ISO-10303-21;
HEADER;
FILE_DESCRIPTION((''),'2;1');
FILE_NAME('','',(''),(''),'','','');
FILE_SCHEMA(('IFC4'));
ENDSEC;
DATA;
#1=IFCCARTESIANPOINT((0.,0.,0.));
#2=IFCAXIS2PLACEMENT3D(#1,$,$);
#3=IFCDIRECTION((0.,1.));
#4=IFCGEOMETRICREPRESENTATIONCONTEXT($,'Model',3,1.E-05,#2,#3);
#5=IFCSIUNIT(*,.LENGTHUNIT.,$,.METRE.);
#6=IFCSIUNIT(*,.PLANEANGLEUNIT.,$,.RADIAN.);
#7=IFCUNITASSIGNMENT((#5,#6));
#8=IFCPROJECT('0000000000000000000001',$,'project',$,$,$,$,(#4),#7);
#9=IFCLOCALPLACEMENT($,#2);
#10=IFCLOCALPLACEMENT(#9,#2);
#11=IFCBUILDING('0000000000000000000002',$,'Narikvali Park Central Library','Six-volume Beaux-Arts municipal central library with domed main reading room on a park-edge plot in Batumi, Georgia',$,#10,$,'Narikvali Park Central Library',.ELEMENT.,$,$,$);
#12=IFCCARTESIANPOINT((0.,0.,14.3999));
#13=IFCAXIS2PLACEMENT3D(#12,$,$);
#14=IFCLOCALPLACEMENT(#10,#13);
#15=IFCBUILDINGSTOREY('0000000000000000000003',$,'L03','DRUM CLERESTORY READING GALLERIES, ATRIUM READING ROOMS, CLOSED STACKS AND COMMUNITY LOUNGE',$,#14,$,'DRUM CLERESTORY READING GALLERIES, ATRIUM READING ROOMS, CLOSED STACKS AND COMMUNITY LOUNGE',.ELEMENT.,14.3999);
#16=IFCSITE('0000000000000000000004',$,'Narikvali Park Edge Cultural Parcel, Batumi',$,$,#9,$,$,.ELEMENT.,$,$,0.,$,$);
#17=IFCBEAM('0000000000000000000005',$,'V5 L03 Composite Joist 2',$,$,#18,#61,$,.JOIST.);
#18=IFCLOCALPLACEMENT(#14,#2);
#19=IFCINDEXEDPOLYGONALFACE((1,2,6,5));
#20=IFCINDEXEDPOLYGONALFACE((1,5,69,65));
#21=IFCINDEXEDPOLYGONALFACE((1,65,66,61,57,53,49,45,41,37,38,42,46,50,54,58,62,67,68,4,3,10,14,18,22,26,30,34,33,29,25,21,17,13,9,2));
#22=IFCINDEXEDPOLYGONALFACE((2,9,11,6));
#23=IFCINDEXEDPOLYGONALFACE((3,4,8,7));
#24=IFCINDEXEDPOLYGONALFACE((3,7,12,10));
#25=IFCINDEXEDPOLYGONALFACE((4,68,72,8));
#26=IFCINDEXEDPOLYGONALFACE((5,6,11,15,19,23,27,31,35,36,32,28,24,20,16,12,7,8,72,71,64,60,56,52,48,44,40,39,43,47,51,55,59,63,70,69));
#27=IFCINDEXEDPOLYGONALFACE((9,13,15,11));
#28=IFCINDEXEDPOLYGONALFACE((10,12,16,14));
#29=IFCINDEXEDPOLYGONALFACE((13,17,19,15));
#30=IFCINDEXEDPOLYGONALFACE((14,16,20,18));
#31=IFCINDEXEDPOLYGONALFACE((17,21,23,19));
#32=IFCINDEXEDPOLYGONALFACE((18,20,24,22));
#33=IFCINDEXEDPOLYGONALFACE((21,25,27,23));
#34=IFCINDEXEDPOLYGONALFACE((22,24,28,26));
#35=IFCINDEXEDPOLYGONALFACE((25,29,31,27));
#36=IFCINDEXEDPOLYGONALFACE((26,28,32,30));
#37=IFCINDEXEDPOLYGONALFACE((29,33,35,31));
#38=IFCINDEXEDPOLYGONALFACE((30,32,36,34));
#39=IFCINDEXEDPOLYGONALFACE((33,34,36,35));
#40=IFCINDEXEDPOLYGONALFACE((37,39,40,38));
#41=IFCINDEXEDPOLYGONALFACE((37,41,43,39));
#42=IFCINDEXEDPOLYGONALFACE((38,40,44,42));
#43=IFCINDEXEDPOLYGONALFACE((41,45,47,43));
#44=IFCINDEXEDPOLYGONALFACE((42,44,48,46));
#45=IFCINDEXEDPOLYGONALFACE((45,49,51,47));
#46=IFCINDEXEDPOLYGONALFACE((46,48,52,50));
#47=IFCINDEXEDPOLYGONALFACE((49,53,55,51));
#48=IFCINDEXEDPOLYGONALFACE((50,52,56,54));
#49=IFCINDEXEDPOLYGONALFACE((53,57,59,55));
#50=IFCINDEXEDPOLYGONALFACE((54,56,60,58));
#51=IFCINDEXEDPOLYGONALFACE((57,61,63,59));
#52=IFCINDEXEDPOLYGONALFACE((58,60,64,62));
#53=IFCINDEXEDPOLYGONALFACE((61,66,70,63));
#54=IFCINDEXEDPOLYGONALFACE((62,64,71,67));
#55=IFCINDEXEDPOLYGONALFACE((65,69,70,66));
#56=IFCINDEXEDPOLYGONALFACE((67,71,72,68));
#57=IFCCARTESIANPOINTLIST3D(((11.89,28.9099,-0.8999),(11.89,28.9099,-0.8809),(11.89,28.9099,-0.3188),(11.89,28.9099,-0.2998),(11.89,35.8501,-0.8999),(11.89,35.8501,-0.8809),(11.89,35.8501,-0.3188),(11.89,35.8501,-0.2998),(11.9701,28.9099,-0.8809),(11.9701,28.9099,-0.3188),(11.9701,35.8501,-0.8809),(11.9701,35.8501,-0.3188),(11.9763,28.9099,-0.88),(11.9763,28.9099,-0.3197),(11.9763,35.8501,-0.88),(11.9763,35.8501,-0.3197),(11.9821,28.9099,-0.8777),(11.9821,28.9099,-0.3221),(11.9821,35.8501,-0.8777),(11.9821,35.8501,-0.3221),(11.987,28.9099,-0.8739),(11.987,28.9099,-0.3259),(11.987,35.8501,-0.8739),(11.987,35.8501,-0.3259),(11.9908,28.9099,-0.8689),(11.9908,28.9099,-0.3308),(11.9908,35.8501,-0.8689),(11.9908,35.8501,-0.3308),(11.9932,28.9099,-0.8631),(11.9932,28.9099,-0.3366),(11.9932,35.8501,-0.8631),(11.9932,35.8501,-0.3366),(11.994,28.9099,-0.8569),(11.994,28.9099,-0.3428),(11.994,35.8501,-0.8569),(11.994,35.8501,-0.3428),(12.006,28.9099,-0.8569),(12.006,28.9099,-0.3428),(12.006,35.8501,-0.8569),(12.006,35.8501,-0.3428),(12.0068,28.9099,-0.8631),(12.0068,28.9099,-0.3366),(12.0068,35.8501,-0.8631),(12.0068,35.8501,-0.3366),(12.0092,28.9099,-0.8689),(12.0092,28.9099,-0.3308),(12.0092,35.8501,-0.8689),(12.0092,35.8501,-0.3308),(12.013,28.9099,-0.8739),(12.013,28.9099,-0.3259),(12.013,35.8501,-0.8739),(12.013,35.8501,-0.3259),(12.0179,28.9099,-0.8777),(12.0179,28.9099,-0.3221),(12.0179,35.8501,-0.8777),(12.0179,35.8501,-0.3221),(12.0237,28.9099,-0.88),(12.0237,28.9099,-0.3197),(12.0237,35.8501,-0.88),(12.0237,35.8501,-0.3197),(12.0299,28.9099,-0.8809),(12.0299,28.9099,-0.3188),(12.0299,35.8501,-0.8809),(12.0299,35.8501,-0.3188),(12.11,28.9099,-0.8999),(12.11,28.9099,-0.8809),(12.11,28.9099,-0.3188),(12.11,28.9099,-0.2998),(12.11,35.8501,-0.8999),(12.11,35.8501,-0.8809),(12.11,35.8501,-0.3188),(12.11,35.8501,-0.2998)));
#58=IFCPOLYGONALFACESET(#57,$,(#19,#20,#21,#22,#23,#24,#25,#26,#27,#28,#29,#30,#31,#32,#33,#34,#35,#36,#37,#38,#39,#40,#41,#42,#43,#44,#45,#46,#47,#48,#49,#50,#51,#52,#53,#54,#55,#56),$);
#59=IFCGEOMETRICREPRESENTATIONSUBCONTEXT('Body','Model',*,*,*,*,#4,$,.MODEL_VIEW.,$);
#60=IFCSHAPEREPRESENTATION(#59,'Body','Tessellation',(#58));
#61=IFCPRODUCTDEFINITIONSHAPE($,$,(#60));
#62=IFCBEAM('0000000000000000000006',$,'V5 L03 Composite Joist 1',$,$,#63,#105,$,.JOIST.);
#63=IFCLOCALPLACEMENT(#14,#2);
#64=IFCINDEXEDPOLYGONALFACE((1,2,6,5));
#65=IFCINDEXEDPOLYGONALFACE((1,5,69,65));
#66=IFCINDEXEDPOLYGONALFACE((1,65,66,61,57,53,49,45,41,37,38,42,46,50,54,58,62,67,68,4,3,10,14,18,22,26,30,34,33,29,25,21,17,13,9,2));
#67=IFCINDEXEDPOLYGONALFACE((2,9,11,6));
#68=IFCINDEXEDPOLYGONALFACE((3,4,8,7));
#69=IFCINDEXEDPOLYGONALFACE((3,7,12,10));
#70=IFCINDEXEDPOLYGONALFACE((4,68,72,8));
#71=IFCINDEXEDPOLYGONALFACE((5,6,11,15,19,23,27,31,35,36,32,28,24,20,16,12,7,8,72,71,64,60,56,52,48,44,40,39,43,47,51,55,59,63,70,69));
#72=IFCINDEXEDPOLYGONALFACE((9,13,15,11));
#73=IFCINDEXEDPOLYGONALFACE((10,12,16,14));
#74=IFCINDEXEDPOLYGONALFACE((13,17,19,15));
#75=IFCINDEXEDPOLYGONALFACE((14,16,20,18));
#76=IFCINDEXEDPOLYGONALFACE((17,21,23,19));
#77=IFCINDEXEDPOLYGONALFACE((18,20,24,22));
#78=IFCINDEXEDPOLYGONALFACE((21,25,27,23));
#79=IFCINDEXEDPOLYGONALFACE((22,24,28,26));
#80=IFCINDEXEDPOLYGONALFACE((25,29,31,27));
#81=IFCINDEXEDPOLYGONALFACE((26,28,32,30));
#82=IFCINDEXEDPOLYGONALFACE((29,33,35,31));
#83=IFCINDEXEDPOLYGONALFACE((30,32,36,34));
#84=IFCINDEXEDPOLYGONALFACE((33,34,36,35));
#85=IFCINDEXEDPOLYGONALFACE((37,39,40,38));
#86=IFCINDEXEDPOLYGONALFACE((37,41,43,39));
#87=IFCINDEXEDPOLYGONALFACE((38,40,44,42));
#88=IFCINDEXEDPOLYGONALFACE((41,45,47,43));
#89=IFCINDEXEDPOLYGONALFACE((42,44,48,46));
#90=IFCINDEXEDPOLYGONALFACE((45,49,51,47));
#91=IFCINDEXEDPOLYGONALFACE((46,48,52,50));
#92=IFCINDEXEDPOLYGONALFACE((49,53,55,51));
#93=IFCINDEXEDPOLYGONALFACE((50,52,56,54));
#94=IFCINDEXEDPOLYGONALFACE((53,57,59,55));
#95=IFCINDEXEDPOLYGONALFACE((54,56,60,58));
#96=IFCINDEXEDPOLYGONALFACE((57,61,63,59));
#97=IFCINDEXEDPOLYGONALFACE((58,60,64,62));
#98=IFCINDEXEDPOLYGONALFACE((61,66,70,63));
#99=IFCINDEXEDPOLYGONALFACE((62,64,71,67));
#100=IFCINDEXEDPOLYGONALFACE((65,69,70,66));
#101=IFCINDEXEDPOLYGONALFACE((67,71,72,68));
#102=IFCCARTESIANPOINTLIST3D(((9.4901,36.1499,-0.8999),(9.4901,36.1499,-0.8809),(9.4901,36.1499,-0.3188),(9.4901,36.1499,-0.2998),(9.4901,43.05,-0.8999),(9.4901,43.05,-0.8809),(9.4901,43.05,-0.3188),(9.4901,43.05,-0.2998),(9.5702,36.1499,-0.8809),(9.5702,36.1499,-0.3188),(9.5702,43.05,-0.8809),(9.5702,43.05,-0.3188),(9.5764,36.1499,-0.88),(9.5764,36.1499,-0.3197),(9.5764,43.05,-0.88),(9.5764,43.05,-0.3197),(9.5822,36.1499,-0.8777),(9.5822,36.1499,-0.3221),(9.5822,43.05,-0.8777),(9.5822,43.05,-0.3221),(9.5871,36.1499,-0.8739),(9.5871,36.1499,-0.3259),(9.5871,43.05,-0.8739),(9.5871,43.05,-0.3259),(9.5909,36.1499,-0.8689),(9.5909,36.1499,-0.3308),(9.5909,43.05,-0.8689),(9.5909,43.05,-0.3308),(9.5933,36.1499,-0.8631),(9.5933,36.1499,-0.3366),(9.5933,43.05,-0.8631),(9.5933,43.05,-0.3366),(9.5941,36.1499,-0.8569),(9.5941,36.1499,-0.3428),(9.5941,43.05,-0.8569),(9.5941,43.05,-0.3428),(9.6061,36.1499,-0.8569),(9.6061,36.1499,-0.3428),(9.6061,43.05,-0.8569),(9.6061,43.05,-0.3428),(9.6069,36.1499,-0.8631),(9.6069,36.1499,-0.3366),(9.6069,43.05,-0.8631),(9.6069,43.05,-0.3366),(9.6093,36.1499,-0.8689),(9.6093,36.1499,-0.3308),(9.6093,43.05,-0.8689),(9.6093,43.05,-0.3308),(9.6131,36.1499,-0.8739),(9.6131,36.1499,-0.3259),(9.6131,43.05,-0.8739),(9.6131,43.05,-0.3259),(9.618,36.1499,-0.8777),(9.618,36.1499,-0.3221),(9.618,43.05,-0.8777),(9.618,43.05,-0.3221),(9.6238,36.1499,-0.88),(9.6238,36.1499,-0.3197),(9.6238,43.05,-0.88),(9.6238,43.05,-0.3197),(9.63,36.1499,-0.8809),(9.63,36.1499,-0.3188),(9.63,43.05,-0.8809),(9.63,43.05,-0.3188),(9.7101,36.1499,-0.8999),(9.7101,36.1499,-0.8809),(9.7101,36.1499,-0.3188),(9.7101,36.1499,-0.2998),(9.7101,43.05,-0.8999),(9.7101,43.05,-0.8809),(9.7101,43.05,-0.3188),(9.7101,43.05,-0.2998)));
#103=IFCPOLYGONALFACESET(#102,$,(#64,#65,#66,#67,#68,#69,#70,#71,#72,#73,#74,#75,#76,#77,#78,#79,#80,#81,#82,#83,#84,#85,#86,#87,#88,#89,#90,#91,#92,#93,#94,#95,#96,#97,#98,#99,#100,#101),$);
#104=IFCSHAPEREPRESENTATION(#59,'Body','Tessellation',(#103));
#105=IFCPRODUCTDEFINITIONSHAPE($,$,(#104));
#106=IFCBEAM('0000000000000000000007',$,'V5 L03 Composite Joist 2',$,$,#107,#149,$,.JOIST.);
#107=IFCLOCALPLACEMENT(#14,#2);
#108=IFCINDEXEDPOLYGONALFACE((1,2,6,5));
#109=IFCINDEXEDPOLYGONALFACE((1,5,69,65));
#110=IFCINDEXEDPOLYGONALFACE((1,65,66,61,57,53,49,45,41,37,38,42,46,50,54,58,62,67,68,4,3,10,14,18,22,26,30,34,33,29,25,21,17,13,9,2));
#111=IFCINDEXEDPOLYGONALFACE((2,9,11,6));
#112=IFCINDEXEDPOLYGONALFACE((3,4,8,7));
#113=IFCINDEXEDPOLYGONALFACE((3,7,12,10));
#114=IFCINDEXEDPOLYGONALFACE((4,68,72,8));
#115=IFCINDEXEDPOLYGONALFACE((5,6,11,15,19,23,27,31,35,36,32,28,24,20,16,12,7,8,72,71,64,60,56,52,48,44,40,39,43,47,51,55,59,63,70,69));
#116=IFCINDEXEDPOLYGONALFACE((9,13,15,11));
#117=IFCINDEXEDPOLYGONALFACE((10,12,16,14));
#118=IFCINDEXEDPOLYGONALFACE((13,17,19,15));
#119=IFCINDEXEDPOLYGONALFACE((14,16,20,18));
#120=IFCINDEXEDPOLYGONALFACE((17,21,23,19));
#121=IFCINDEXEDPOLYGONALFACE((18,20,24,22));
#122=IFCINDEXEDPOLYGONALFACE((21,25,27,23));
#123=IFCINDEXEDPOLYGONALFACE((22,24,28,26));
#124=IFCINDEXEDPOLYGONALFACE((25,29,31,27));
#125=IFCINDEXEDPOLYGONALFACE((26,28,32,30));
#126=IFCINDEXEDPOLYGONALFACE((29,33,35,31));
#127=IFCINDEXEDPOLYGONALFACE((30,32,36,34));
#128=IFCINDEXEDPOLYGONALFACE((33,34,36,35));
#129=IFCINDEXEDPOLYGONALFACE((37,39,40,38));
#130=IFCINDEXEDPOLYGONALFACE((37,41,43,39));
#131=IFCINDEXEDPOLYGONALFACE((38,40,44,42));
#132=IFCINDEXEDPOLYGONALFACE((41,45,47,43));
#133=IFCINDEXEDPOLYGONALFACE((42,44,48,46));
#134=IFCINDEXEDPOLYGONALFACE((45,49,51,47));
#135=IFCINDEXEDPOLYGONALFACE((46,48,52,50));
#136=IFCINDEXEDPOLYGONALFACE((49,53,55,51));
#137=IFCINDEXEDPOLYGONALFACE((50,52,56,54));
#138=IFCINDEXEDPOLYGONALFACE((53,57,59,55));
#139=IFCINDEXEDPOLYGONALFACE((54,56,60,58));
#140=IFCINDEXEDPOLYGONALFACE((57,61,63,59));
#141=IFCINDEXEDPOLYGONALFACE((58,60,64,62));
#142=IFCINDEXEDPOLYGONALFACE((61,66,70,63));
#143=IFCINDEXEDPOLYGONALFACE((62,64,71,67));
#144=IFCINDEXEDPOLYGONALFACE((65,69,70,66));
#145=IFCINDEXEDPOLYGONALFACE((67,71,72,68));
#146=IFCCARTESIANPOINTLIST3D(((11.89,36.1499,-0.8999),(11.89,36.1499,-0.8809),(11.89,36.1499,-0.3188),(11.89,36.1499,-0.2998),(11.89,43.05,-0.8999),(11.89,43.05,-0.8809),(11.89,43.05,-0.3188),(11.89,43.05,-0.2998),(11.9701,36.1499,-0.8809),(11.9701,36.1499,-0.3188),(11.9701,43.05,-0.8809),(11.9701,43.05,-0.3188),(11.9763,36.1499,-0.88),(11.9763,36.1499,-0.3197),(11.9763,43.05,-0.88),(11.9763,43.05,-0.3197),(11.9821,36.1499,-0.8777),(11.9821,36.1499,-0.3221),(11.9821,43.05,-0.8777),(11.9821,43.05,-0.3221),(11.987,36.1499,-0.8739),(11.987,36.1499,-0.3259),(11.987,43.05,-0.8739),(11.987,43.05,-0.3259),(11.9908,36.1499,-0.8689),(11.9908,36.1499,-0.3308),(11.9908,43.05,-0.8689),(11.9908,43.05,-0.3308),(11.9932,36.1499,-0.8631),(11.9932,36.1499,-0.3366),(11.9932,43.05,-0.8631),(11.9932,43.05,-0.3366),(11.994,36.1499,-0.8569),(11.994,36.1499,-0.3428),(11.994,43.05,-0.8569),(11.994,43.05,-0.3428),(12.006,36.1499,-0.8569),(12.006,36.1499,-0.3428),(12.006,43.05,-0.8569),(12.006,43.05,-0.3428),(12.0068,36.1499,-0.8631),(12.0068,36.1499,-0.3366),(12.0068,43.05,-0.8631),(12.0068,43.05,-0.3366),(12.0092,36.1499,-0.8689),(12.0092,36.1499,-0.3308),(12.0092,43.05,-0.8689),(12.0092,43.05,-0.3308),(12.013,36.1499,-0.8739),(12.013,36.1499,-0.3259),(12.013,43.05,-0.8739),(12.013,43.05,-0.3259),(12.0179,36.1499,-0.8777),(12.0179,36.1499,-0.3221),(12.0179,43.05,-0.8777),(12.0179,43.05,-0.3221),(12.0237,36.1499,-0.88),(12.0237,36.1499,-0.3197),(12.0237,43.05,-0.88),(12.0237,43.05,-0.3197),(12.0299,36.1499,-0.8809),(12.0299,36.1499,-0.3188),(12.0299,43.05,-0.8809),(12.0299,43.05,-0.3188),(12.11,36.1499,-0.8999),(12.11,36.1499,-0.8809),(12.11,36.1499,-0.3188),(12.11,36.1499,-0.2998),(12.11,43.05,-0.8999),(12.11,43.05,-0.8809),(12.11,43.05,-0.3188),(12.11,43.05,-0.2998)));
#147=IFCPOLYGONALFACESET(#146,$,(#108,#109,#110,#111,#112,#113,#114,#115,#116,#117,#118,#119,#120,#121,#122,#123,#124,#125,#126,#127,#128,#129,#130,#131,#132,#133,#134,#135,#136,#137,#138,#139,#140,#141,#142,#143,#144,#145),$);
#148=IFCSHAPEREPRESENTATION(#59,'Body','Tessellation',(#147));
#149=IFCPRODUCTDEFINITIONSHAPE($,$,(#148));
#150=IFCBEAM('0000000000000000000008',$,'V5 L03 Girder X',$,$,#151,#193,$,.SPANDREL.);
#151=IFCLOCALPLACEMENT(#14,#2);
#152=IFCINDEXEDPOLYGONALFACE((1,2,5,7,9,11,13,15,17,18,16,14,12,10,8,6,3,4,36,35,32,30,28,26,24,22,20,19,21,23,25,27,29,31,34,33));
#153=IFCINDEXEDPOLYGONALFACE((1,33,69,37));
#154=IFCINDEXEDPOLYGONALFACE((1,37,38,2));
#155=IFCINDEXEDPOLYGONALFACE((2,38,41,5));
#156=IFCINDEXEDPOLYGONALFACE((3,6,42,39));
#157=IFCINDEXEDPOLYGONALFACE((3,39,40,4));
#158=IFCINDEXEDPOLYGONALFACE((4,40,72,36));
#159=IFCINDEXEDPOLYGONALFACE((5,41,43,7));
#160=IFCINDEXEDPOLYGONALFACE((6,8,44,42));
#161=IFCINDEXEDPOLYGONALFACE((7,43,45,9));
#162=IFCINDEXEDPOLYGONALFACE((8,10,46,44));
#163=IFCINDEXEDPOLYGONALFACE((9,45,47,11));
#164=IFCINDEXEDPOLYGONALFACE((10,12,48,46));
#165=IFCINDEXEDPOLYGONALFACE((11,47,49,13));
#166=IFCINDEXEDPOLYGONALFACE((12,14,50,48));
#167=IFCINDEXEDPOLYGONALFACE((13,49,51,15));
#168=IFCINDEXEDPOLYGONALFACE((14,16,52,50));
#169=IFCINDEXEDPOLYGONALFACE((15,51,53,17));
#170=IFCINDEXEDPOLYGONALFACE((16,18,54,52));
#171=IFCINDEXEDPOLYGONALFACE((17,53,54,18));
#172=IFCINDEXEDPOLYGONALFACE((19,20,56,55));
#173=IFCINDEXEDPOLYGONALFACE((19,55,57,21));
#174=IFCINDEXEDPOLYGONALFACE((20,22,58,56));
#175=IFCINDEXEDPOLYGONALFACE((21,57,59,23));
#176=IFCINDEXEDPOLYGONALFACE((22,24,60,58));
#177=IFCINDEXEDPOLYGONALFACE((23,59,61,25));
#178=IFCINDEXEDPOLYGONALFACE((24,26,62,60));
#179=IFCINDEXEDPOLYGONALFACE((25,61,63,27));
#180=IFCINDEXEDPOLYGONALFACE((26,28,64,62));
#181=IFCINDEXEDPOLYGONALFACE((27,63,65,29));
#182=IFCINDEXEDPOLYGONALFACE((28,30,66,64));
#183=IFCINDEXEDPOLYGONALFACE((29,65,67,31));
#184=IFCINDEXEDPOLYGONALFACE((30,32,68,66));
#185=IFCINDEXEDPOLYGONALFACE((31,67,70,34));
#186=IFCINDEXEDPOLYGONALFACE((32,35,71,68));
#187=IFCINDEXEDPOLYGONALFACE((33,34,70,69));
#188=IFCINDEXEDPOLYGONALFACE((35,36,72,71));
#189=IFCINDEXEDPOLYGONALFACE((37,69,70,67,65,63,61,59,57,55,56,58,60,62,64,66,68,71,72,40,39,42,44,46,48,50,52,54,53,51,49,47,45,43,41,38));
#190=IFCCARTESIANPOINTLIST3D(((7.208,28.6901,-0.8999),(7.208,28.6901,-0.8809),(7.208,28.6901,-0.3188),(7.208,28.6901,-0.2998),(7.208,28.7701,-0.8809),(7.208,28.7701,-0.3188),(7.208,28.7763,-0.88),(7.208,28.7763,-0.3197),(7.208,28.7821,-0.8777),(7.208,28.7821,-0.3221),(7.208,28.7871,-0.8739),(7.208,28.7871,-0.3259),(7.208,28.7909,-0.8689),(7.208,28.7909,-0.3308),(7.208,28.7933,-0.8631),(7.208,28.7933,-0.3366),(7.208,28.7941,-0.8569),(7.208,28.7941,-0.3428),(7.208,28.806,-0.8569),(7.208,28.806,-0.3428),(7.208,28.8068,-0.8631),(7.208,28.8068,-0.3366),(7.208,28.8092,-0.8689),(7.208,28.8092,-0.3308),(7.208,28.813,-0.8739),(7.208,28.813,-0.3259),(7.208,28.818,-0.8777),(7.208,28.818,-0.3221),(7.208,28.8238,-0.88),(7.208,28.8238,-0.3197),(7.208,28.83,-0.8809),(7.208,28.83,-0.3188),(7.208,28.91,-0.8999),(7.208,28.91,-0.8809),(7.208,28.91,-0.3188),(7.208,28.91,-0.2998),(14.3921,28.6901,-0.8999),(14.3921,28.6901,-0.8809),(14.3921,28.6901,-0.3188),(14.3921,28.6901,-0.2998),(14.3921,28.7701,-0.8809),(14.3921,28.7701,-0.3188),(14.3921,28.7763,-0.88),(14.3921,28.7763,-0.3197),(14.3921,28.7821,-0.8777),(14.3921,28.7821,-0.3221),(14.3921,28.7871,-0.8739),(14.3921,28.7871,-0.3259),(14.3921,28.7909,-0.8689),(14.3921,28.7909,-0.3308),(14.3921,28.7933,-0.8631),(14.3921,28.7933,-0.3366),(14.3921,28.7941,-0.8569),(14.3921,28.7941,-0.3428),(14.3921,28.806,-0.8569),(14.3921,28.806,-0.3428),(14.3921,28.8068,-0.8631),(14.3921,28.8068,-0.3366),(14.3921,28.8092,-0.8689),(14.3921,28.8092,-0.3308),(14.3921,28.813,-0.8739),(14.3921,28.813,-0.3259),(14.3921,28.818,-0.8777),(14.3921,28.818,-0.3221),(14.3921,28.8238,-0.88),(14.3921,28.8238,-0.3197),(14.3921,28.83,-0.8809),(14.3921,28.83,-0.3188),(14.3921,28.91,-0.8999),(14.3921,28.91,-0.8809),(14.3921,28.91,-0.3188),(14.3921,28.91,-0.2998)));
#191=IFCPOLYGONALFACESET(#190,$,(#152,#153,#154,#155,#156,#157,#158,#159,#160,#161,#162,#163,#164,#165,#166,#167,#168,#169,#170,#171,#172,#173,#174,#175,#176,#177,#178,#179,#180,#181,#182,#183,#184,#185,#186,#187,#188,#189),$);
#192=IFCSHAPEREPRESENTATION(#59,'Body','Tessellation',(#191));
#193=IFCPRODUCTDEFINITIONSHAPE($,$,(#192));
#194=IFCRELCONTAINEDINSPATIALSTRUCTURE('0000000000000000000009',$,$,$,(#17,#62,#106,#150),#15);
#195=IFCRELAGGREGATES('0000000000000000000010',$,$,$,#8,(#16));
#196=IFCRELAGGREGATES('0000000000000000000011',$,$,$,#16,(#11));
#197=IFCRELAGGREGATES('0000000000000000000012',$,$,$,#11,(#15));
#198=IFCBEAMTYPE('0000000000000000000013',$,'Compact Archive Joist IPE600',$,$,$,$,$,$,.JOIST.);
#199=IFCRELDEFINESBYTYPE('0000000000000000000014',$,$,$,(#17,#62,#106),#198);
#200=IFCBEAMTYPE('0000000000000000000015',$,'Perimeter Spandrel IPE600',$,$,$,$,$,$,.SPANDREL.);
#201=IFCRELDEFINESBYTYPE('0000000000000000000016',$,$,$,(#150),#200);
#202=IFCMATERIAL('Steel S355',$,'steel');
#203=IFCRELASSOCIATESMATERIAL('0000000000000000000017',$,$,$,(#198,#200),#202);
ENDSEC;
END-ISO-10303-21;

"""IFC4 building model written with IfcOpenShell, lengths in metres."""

from ifc_helpers import new_model, si_unit, direction, frame, origin, origin_2d, place, context, subcontext, project, spatial, i_section, extrude, material, material_profile, profile_set, type_object, element, save


model = new_model("IFC4")

# Units and contexts
model_context = context("Model", 3, precision=1e-05, world=origin(), true_north=direction((0.0, 1.0)))
body_context = subcontext(model_context, "Body", "Model", "MODEL_VIEW")
ifc_project = project(units=[si_unit("LENGTHUNIT", "METRE"), si_unit("PLANEANGLEUNIT", "RADIAN")], contexts=[model_context])

# Site, building, storey
site_placement = place(None, origin())
site = spatial("IfcSite", under=ifc_project, at=site_placement, Name="Narikvali Park Edge Cultural Parcel, Batumi", CompositionType="ELEMENT", RefElevation=0.0)
building_placement = place(site_placement, origin())
building = spatial("IfcBuilding", under=site, at=building_placement, Name="Narikvali Park Central Library", Description="Six-volume Beaux-Arts municipal central library with domed main reading room on a park-edge plot in Batumi, Georgia", LongName="Narikvali Park Central Library", CompositionType="ELEMENT")
storey_placement = place(building_placement, frame((0.0, 0.0, 14.3999)))
storey = spatial("IfcBuildingStorey", under=building, at=storey_placement, Name="L03", Description="DRUM CLERESTORY READING GALLERIES, ATRIUM READING ROOMS, CLOSED STACKS AND COMMUNITY LOUNGE", LongName="DRUM CLERESTORY READING GALLERIES, ATRIUM READING ROOMS, CLOSED STACKS AND COMMUNITY LOUNGE", CompositionType="ELEMENT", Elevation=14.3999)

# Shared definitions
ifc_material_1 = material(Name="Steel S355", Category="steel")

# Beams
ifc_material_profile_1 = material_profile(ifc_material_1, i_section(OverallWidth=0.22, OverallDepth=0.6001, WebThickness=0.012, FlangeThickness=0.019, FilletRadius=0.0239, at=origin_2d()), Name="IPE 600")
ifc_profile_set_1 = profile_set([ifc_material_profile_1], Name="Steel S355")
beam_type_1 = type_object("IfcBeamType", Name="Compact Archive Joist IPE600", PredefinedType="JOIST", material=ifc_profile_set_1)
for number, where, z_axis, x_axis, name in (
    (1, (12.0, 28.9099, -0.5999), (0.0, 1.0, 0.0), (-1.0, 0.0, 0.0), "V5 L03 Composite Joist 2"),
):
    element("IfcBeam", number, at=place(storey_placement, frame(where, z_axis=z_axis, x_axis=x_axis)), inside=storey, type_object=beam_type_1, Name=name, PredefinedType="JOIST", context=body_context, shape_type="SweptSolid", body=[
        extrude(i_section(OverallWidth=0.22, OverallDepth=0.6001, WebThickness=0.012, FlangeThickness=0.019, FilletRadius=0.0239, at=origin_2d()), origin(), (0.0, 0.0, 1.0), 6.9402),
    ])
for number, where, z_axis, x_axis, name in (
    (2, (9.6001, 36.1499, -0.5999), (0.0, 1.0, 0.0), (-1.0, 0.0, 0.0), "V5 L03 Composite Joist 1"),
    (3, (12.0, 36.1499, -0.5999), (0.0, 1.0, 0.0), (-1.0, 0.0, 0.0), "V5 L03 Composite Joist 2"),
):
    element("IfcBeam", number, at=place(storey_placement, frame(where, z_axis=z_axis, x_axis=x_axis)), inside=storey, type_object=beam_type_1, Name=name, PredefinedType="JOIST", context=body_context, shape_type="SweptSolid", body=[
        extrude(i_section(OverallWidth=0.22, OverallDepth=0.6001, WebThickness=0.012, FlangeThickness=0.019, FilletRadius=0.0239, at=origin_2d()), origin(), (0.0, 0.0, 1.0), 6.9001),
    ])
ifc_material_profile_2 = material_profile(ifc_material_1, i_section(OverallWidth=0.22, OverallDepth=0.6001, WebThickness=0.012, FlangeThickness=0.019, FilletRadius=0.0239, at=origin_2d()), Name="IPE 600")
ifc_profile_set_2 = profile_set([ifc_material_profile_2], Name="Steel S355")
beam_type_2 = type_object("IfcBeamType", Name="Perimeter Spandrel IPE600", PredefinedType="SPANDREL", material=ifc_profile_set_2)
for number, where, z_axis, x_axis, name in (
    (4, (7.208, 28.8, -0.5999), (1.0, 0.0, 0.0), (0.0, 1.0, 0.0), "V5 L03 Girder X"),
):
    element("IfcBeam", number, at=place(storey_placement, frame(where, z_axis=z_axis, x_axis=x_axis)), inside=storey, type_object=beam_type_2, Name=name, PredefinedType="SPANDREL", context=body_context, shape_type="SweptSolid", body=[
        extrude(i_section(OverallWidth=0.22, OverallDepth=0.6001, WebThickness=0.012, FlangeThickness=0.019, FilletRadius=0.0239, at=origin_2d()), origin(), (0.0, 0.0, 1.0), 7.1841),
    ])

save(model, "model.ifc")
